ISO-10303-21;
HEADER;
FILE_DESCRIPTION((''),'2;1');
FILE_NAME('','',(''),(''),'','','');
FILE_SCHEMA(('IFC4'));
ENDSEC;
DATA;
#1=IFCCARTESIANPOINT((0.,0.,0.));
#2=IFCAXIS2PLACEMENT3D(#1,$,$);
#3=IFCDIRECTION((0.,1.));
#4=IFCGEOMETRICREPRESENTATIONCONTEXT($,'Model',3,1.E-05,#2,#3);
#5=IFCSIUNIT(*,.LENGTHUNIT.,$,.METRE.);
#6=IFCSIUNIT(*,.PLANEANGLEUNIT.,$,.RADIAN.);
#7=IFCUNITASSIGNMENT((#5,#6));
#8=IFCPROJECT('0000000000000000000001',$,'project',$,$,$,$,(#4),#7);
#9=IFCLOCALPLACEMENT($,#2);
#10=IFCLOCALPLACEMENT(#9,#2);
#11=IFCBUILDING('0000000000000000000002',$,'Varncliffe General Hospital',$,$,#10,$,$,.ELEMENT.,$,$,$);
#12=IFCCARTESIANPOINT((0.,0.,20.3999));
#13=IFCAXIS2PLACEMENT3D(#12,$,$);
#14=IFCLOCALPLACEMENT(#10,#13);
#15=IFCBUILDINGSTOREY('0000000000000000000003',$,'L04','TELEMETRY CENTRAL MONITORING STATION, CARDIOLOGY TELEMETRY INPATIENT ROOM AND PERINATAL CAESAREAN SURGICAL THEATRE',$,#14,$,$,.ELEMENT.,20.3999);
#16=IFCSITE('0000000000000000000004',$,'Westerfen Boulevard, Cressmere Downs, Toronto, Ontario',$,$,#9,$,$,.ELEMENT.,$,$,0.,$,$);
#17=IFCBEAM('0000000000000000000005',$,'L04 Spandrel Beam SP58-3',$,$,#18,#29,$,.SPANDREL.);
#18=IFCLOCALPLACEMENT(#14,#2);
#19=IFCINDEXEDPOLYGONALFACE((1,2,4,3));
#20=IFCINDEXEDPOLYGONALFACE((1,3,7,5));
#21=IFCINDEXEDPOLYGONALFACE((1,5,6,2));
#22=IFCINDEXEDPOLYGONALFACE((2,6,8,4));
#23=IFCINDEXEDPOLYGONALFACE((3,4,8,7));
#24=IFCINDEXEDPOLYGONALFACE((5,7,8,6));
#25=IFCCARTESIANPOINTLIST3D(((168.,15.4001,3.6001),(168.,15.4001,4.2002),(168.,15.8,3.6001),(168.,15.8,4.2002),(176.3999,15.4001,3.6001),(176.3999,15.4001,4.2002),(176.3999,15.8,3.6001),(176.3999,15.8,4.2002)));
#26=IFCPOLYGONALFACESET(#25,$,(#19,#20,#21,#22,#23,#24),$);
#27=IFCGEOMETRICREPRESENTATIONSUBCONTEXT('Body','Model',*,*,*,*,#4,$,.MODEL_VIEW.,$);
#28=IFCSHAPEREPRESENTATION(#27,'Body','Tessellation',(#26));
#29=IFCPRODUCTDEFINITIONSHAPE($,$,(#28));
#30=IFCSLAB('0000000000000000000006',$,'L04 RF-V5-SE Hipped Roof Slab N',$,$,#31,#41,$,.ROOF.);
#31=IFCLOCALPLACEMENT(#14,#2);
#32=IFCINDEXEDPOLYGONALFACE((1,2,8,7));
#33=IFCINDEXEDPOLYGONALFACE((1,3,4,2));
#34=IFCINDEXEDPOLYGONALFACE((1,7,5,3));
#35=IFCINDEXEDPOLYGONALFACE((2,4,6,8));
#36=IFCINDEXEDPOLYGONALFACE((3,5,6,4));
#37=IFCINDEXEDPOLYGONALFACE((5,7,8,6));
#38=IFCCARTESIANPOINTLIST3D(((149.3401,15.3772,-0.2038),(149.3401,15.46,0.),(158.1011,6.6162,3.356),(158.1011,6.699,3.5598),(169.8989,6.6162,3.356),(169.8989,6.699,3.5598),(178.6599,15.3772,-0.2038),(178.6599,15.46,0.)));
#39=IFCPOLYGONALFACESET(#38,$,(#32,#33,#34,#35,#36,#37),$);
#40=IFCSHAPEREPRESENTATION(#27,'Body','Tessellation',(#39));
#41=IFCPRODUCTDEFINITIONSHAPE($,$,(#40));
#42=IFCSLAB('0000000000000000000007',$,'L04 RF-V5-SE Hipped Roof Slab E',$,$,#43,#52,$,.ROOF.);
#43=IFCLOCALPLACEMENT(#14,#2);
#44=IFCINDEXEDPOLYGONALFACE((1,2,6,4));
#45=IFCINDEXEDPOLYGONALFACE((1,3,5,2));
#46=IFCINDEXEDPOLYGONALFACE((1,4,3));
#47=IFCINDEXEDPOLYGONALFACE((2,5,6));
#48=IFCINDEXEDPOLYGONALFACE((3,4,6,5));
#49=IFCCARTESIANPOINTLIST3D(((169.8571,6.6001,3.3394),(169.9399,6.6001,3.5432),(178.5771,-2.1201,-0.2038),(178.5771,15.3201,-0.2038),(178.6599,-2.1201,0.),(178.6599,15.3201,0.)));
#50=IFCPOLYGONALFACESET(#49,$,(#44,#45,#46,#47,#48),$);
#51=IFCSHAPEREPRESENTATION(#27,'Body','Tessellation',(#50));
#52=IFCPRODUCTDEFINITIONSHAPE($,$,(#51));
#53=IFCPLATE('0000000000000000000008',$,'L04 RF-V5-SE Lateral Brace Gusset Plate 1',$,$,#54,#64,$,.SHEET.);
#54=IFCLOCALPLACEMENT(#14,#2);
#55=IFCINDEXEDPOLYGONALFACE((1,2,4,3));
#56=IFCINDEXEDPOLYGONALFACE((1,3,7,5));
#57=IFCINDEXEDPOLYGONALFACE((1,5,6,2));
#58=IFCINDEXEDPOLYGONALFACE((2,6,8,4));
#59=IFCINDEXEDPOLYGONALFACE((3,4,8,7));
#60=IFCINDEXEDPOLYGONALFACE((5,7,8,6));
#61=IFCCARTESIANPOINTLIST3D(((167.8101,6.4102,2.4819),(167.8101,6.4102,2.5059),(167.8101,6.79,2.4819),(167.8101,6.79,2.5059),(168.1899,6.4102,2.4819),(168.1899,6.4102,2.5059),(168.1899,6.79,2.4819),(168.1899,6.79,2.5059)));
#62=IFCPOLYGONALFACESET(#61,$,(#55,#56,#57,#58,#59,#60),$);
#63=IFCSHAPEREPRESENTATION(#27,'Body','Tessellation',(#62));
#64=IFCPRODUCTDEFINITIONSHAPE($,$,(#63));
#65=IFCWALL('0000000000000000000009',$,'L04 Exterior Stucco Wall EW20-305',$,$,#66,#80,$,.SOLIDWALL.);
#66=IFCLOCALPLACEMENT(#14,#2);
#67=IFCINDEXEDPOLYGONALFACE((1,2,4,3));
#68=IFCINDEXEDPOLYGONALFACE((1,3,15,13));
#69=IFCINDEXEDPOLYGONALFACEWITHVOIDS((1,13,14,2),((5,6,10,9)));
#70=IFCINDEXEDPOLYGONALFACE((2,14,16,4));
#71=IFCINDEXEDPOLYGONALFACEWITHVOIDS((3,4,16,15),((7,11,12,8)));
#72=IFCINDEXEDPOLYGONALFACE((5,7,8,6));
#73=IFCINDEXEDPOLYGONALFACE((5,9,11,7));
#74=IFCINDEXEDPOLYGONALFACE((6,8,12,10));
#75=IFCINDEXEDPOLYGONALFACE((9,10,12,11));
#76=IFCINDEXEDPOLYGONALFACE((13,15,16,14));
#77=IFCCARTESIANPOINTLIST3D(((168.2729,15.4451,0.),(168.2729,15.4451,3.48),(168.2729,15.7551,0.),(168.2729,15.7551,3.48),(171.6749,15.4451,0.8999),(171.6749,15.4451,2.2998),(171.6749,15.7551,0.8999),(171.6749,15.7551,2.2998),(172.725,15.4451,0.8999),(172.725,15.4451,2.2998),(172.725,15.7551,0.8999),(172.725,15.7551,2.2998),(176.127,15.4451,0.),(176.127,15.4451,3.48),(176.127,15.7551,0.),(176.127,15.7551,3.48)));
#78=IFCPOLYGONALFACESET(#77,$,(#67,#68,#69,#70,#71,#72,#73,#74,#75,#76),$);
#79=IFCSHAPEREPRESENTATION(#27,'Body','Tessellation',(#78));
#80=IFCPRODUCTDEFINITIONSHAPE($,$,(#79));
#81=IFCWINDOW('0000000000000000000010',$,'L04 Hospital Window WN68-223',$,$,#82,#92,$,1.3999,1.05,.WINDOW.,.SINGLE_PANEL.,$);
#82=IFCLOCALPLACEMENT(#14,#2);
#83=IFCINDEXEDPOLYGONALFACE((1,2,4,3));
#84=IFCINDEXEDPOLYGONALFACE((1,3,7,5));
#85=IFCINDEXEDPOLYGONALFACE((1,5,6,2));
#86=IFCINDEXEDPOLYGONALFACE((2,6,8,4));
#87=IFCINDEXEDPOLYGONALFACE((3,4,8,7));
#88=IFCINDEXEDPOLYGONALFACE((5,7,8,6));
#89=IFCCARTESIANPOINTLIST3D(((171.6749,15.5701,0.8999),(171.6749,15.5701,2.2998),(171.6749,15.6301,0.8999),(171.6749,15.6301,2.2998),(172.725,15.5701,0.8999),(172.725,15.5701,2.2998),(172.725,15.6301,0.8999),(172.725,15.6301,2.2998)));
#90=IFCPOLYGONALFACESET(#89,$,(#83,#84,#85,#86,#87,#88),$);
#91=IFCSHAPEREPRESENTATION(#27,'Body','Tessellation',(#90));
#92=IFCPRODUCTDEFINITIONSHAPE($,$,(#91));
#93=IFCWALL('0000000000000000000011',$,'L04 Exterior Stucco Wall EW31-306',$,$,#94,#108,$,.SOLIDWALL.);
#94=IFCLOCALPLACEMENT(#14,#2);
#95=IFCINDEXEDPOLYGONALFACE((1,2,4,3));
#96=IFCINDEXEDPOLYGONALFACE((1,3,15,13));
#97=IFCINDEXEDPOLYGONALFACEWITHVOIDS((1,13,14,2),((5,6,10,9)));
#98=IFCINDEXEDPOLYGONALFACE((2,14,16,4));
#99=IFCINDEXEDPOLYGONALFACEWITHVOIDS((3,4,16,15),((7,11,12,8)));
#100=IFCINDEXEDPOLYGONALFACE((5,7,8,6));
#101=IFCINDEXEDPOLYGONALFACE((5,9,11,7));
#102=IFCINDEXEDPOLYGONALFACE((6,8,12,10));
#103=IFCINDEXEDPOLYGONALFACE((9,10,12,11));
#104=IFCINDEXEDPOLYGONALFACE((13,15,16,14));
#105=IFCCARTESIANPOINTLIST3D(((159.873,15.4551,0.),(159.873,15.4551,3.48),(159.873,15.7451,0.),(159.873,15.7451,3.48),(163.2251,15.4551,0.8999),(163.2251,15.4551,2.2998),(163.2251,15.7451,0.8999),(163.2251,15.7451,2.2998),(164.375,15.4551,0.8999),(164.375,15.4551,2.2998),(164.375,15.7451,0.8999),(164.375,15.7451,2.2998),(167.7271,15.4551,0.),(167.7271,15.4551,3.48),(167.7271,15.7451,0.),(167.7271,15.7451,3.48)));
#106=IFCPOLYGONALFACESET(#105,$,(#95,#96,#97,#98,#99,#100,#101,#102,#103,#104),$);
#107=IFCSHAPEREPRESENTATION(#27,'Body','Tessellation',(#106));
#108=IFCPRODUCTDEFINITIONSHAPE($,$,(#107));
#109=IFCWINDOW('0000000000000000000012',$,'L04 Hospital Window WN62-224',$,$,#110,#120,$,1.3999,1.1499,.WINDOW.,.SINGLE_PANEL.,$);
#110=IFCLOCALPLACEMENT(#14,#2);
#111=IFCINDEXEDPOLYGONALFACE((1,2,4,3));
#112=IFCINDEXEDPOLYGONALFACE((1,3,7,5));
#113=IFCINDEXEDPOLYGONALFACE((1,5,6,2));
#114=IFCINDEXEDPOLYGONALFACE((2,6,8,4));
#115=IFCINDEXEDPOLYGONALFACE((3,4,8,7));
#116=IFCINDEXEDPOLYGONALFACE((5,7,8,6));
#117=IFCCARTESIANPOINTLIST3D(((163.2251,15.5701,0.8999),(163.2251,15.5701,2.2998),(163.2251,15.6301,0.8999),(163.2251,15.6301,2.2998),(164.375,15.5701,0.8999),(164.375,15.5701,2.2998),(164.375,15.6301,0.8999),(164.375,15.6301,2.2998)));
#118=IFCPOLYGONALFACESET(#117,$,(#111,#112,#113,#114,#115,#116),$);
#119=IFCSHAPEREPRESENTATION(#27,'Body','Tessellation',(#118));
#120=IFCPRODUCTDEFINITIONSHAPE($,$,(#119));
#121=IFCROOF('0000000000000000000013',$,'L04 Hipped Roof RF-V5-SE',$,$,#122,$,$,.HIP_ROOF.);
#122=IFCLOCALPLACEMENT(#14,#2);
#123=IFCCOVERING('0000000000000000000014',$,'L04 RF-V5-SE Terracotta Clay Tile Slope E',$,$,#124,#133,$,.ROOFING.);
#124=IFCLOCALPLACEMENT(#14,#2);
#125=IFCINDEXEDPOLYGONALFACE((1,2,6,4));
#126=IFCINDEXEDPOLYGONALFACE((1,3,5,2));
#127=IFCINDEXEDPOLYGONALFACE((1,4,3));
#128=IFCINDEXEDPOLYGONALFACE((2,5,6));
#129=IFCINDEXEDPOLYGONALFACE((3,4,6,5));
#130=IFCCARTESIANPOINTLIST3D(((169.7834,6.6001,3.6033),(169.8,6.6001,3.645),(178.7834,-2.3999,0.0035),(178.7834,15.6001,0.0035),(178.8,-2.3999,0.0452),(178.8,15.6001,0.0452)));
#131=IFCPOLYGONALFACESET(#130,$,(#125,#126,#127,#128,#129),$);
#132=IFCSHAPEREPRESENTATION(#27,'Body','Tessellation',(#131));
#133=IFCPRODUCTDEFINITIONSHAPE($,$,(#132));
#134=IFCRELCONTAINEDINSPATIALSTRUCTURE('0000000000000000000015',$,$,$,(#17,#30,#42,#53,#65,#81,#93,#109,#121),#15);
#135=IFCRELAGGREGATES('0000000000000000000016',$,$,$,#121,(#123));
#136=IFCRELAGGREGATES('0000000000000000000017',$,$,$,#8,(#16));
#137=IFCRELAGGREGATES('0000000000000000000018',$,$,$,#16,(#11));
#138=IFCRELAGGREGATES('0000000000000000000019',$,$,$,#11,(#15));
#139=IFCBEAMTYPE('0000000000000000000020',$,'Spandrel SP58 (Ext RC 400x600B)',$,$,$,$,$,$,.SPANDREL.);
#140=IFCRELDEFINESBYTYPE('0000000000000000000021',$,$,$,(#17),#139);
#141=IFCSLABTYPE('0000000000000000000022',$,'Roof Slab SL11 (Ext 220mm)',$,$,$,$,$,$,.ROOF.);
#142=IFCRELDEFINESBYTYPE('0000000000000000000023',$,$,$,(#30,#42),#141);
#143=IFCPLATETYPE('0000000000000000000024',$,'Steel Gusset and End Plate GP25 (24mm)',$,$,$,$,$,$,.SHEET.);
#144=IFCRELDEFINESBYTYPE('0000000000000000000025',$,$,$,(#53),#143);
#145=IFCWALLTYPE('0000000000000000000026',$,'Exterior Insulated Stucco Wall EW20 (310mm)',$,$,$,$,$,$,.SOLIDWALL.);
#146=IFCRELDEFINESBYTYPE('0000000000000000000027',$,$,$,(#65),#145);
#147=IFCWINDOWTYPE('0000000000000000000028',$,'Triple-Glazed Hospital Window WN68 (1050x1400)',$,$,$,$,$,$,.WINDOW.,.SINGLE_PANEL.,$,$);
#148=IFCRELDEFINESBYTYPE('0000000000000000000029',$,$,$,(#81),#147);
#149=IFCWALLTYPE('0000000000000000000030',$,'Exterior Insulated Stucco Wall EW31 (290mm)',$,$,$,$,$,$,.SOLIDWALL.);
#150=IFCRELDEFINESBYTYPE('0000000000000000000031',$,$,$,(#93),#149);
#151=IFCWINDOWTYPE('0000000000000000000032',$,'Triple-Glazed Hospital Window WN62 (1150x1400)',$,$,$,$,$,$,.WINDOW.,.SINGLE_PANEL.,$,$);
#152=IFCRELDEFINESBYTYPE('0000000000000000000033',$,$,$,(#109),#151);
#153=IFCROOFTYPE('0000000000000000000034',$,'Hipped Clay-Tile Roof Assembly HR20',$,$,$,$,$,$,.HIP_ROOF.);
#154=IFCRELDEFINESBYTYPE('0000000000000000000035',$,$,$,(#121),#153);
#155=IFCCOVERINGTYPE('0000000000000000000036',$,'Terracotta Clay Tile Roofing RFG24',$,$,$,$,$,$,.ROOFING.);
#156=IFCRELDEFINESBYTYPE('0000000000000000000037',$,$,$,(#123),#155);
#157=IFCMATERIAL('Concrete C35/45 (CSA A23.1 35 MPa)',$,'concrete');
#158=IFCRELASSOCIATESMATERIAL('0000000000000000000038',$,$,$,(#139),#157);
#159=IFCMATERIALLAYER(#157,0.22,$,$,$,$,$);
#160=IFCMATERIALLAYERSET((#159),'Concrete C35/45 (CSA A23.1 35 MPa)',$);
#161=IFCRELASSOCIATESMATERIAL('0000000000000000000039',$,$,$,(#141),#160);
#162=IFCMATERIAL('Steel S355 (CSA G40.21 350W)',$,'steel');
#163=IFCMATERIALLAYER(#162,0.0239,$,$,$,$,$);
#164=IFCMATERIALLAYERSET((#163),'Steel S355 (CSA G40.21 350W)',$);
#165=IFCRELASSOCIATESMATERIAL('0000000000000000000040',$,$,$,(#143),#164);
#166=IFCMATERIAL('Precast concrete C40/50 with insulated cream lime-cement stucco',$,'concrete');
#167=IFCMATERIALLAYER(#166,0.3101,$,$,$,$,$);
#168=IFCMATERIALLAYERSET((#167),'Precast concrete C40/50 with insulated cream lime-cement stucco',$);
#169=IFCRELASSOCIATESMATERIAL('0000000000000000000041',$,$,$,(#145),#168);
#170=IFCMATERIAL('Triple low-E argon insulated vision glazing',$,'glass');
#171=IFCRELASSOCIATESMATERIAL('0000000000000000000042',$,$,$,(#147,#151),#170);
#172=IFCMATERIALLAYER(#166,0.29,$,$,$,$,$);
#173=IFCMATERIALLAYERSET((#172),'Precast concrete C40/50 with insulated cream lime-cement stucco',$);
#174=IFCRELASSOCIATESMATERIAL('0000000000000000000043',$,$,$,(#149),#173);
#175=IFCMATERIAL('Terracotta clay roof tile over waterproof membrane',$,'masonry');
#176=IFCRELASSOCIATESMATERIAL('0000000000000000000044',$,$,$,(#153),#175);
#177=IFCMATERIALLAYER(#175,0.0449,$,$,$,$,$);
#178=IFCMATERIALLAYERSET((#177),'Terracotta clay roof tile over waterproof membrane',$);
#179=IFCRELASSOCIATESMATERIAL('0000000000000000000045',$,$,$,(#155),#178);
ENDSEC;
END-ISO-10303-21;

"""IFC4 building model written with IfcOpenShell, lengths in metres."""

from ifc_helpers import new_model, si_unit, direction, frame, frame_2d, origin, origin_2d, place, context, subcontext, project, spatial, polyline, rectangle, outline, extrude, material, layer, layer_set, material_profile, profile_set, type_object, element, fill, aggregate, save


model = new_model("IFC4")

# Units and contexts
model_context = context("Model", 3, precision=1e-05, world=origin(), true_north=direction((0.0, 1.0)))
body_context = subcontext(model_context, "Body", "Model", "MODEL_VIEW")
ifc_project = project(units=[si_unit("LENGTHUNIT", "METRE"), si_unit("PLANEANGLEUNIT", "RADIAN")], contexts=[model_context])

# Site, building, storey
site_placement = place(None, origin())
site = spatial("IfcSite", under=ifc_project, at=site_placement, Name="Westerfen Boulevard, Cressmere Downs, Toronto, Ontario", CompositionType="ELEMENT", RefElevation=0.0)
building_placement = place(site_placement, origin())
building = spatial("IfcBuilding", under=site, at=building_placement, Name="Varncliffe General Hospital", CompositionType="ELEMENT")
storey_placement = place(building_placement, frame((0.0, 0.0, 20.3999)))
storey = spatial("IfcBuildingStorey", under=building, at=storey_placement, Name="L04", Description="TELEMETRY CENTRAL MONITORING STATION, CARDIOLOGY TELEMETRY INPATIENT ROOM AND PERINATAL CAESAREAN SURGICAL THEATRE", CompositionType="ELEMENT", Elevation=20.3999)

# Shared definitions
ifc_material_1 = material(Name="Steel S355 (CSA G40.21 350W)", Category="steel")

# Beam
ifc_material_2 = material(Name="Concrete C35/45 (CSA A23.1 35 MPa)", Category="concrete")
ifc_material_profile_1 = material_profile(ifc_material_2, rectangle(XDim=0.3999, YDim=0.6001, at=origin_2d()), Name="RC 400x600")
ifc_profile_set_1 = profile_set([ifc_material_profile_1], Name="Concrete C35/45 (CSA A23.1 35 MPa)")
beam_type_1 = type_object("IfcBeamType", Name="Spandrel SP58 (Ext RC 400x600B)", PredefinedType="SPANDREL", material=ifc_profile_set_1)
beam_1_placement = place(storey_placement, frame((168.0, 15.6001, 3.9001), z_axis=(1.0, 0.0, 0.0), x_axis=(0.0, 1.0, 0.0)))
element("IfcBeam", 1, at=beam_1_placement, inside=storey, type_object=beam_type_1, Name="L04 Spandrel Beam SP58-3", PredefinedType="SPANDREL", context=body_context, shape_type="SweptSolid", body=[
    extrude(rectangle(XDim=0.3999, YDim=0.6001, at=origin_2d()), origin(), (0.0, 0.0, 1.0), 8.3999),
])

# Slabs
ifc_layer_1 = layer(ifc_material_2, 0.22)
ifc_layer_set_1 = layer_set([ifc_layer_1], Name="Concrete C35/45 (CSA A23.1 35 MPa)")
slab_type = type_object("IfcSlabType", Name="Roof Slab SL11 (Ext 220mm)", PredefinedType="ROOF", material=ifc_layer_set_1)
slab_1_placement = place(storey_placement, frame((178.6599, 15.46, 0.0), z_axis=(0.0, 0.376437, 0.926442), x_axis=(-1.0, 0.0, 0.0)))
element("IfcSlab", 2, at=slab_1_placement, inside=storey, type_object=slab_type, Name="L04 RF-V5-SE Hipped Roof Slab N", PredefinedType="ROOF", context=body_context, shape_type="SweptSolid", body=[
    extrude(outline(polyline([(0.0, 0.0), (29.3198, 0.0), (20.5588, 9.4566), (8.761, 9.4566), (0.0, 0.0)])), origin(), (0.0, 0.0, -1.0), 0.22),
])
slab_2_placement = place(storey_placement, frame((178.6599, -2.1201, 0.0), z_axis=(0.376443, 0.0, 0.92644), x_axis=(0.0, 1.0, 0.0)))
element("IfcSlab", 3, at=slab_2_placement, inside=storey, type_object=slab_type, Name="L04 RF-V5-SE Hipped Roof Slab E", PredefinedType="ROOF", context=body_context, shape_type="SweptSolid", body=[
    extrude(outline(polyline([(0.0, 0.0), (17.4402, 0.0), (8.7202, 9.4123), (0.0, 0.0)])), origin(), (0.0, 0.0, -1.0), 0.22),
])

# Plate
ifc_layer_2 = layer(ifc_material_1, 0.0239)
ifc_layer_set_2 = layer_set([ifc_layer_2], Name="Steel S355 (CSA G40.21 350W)")
plate_type = type_object("IfcPlateType", Name="Steel Gusset and End Plate GP25 (24mm)", PredefinedType="SHEET", material=ifc_layer_set_2)
plate_placement = place(storey_placement, frame((168.0, 6.6001, 2.4819), z_axis=(0.0, 0.0, 1.0), x_axis=(1.0, 0.0, 0.0)))
element("IfcPlate", 4, at=plate_placement, inside=storey, type_object=plate_type, Name="L04 RF-V5-SE Lateral Brace Gusset Plate 1", PredefinedType="SHEET", context=body_context, shape_type="SweptSolid", body=[
    extrude(rectangle(XDim=0.3799, YDim=0.3799, at=origin_2d()), origin(), (0.0, 0.0, 1.0), 0.0239),
])

# Walls, openings, windows
ifc_material_3 = material(Name="Precast concrete C40/50 with insulated cream lime-cement stucco", Category="concrete")
ifc_layer_3 = layer(ifc_material_3, 0.3101)
ifc_layer_set_3 = layer_set([ifc_layer_3], Name="Precast concrete C40/50 with insulated cream lime-cement stucco")
wall_type_1 = type_object("IfcWallType", Name="Exterior Insulated Stucco Wall EW20 (310mm)", PredefinedType="SOLIDWALL", material=ifc_layer_set_3)
wall_1_placement = place(storey_placement, frame((176.127, 15.6001, 0.0), z_axis=(0.0, 0.0, 1.0), x_axis=(-1.0, 0.0, 0.0)))
wall_1 = element("IfcWall", 5, at=wall_1_placement, inside=storey, type_object=wall_type_1, Name="L04 Exterior Stucco Wall EW20-305", PredefinedType="SOLIDWALL", context=body_context, shape_type="SweptSolid", body=[
    extrude(rectangle(XDim=7.854, YDim=0.3101, at=frame_2d((3.927, 0.0))), origin(), (0.0, 0.0, 1.0), 3.48),
])
opening_1_placement = place(wall_1_placement, frame((3.4021, 0.0, 0.8999)))
opening_1 = element("IfcOpeningElement", 6, at=opening_1_placement, cuts=wall_1, PredefinedType="OPENING", context=body_context, shape_type="SweptSolid", body=[
    extrude(rectangle(XDim=1.05, YDim=1.3999, at=frame_2d((0.5249, 0.7))), frame((0.0, 0.165, 0.0), z_axis=(0.0, -1.0, 0.0), x_axis=(1.0, 0.0, 0.0)), (0.0, 0.0, 1.0), 0.3301),
])
ifc_material_4 = material(Name="Triple low-E argon insulated vision glazing", Category="glass")
window_type_1 = type_object("IfcWindowType", Name="Triple-Glazed Hospital Window WN68 (1050x1400)", PartitioningType="SINGLE_PANEL", PredefinedType="WINDOW", material=ifc_material_4)
window_1_placement = place(opening_1_placement, origin())
window_1 = element("IfcWindow", 7, at=window_1_placement, inside=storey, type_object=window_type_1, Name="L04 Hospital Window WN68-223", OverallHeight=1.3999, OverallWidth=1.05, PartitioningType="SINGLE_PANEL", PredefinedType="WINDOW", context=body_context, shape_type="SweptSolid", body=[
    extrude(rectangle(XDim=1.05, YDim=1.3999, at=frame_2d((0.5249, 0.7))), frame((0.0, 0.03, 0.0), z_axis=(0.0, -1.0, 0.0), x_axis=(1.0, 0.0, 0.0)), (0.0, 0.0, 1.0), 0.0601),
])
fill(opening_1, window_1)
ifc_layer_4 = layer(ifc_material_3, 0.29)
ifc_layer_set_4 = layer_set([ifc_layer_4], Name="Precast concrete C40/50 with insulated cream lime-cement stucco")
wall_type_2 = type_object("IfcWallType", Name="Exterior Insulated Stucco Wall EW31 (290mm)", PredefinedType="SOLIDWALL", material=ifc_layer_set_4)
wall_2_placement = place(storey_placement, frame((167.7271, 15.6001, 0.0), z_axis=(0.0, 0.0, 1.0), x_axis=(-1.0, 0.0, 0.0)))
wall_2 = element("IfcWall", 8, at=wall_2_placement, inside=storey, type_object=wall_type_2, Name="L04 Exterior Stucco Wall EW31-306", PredefinedType="SOLIDWALL", context=body_context, shape_type="SweptSolid", body=[
    extrude(rectangle(XDim=7.854, YDim=0.29, at=frame_2d((3.927, 0.0))), origin(), (0.0, 0.0, 1.0), 3.48),
])
opening_2_placement = place(wall_2_placement, frame((3.3521, 0.0, 0.8999)))
opening_2 = element("IfcOpeningElement", 9, at=opening_2_placement, cuts=wall_2, PredefinedType="OPENING", context=body_context, shape_type="SweptSolid", body=[
    extrude(rectangle(XDim=1.1499, YDim=1.3999, at=frame_2d((0.575, 0.7))), frame((0.0, 0.155, 0.0), z_axis=(0.0, -1.0, 0.0), x_axis=(1.0, 0.0, 0.0)), (0.0, 0.0, 1.0), 0.3101),
])
window_type_2 = type_object("IfcWindowType", Name="Triple-Glazed Hospital Window WN62 (1150x1400)", PartitioningType="SINGLE_PANEL", PredefinedType="WINDOW", material=ifc_material_4)
window_2_placement = place(opening_2_placement, origin())
window_2 = element("IfcWindow", 10, at=window_2_placement, inside=storey, type_object=window_type_2, Name="L04 Hospital Window WN62-224", OverallHeight=1.3999, OverallWidth=1.1499, PartitioningType="SINGLE_PANEL", PredefinedType="WINDOW", context=body_context, shape_type="SweptSolid", body=[
    extrude(rectangle(XDim=1.1499, YDim=1.3999, at=frame_2d((0.575, 0.7))), frame((0.0, 0.03, 0.0), z_axis=(0.0, -1.0, 0.0), x_axis=(1.0, 0.0, 0.0)), (0.0, 0.0, 1.0), 0.0601),
])
fill(opening_2, window_2)

# Roof, covering
ifc_material_5 = material(Name="Terracotta clay roof tile over waterproof membrane", Category="masonry")
roof_type = type_object("IfcRoofType", Name="Hipped Clay-Tile Roof Assembly HR20", PredefinedType="HIP_ROOF", material=ifc_material_5)
roof_placement = place(storey_placement, origin())
roof = element("IfcRoof", 11, at=roof_placement, inside=storey, type_object=roof_type, Name="L04 Hipped Roof RF-V5-SE", PredefinedType="HIP_ROOF")
ifc_layer_5 = layer(ifc_material_5, 0.0449)
ifc_layer_set_5 = layer_set([ifc_layer_5], Name="Terracotta clay roof tile over waterproof membrane")
covering_type = type_object("IfcCoveringType", Name="Terracotta Clay Tile Roofing RFG24", PredefinedType="ROOFING", material=ifc_layer_set_5)
covering_placement = place(storey_placement, frame((178.8, -2.3999, 0.0452), z_axis=(0.371378, 0.0, 0.928482), x_axis=(0.0, 1.0, 0.0)))
covering = element("IfcCovering", 12, at=covering_placement, type_object=covering_type, Name="L04 RF-V5-SE Terracotta Clay Tile Slope E", PredefinedType="ROOFING", context=body_context, shape_type="SweptSolid", body=[
    extrude(outline(polyline([(0.0, 0.0), (18.0, 0.0), (9.0, 9.6932), (0.0, 0.0)])), origin(), (0.0, 0.0, -1.0), 0.0449),
])
aggregate(roof, [covering])

save(model, "model.ifc")
